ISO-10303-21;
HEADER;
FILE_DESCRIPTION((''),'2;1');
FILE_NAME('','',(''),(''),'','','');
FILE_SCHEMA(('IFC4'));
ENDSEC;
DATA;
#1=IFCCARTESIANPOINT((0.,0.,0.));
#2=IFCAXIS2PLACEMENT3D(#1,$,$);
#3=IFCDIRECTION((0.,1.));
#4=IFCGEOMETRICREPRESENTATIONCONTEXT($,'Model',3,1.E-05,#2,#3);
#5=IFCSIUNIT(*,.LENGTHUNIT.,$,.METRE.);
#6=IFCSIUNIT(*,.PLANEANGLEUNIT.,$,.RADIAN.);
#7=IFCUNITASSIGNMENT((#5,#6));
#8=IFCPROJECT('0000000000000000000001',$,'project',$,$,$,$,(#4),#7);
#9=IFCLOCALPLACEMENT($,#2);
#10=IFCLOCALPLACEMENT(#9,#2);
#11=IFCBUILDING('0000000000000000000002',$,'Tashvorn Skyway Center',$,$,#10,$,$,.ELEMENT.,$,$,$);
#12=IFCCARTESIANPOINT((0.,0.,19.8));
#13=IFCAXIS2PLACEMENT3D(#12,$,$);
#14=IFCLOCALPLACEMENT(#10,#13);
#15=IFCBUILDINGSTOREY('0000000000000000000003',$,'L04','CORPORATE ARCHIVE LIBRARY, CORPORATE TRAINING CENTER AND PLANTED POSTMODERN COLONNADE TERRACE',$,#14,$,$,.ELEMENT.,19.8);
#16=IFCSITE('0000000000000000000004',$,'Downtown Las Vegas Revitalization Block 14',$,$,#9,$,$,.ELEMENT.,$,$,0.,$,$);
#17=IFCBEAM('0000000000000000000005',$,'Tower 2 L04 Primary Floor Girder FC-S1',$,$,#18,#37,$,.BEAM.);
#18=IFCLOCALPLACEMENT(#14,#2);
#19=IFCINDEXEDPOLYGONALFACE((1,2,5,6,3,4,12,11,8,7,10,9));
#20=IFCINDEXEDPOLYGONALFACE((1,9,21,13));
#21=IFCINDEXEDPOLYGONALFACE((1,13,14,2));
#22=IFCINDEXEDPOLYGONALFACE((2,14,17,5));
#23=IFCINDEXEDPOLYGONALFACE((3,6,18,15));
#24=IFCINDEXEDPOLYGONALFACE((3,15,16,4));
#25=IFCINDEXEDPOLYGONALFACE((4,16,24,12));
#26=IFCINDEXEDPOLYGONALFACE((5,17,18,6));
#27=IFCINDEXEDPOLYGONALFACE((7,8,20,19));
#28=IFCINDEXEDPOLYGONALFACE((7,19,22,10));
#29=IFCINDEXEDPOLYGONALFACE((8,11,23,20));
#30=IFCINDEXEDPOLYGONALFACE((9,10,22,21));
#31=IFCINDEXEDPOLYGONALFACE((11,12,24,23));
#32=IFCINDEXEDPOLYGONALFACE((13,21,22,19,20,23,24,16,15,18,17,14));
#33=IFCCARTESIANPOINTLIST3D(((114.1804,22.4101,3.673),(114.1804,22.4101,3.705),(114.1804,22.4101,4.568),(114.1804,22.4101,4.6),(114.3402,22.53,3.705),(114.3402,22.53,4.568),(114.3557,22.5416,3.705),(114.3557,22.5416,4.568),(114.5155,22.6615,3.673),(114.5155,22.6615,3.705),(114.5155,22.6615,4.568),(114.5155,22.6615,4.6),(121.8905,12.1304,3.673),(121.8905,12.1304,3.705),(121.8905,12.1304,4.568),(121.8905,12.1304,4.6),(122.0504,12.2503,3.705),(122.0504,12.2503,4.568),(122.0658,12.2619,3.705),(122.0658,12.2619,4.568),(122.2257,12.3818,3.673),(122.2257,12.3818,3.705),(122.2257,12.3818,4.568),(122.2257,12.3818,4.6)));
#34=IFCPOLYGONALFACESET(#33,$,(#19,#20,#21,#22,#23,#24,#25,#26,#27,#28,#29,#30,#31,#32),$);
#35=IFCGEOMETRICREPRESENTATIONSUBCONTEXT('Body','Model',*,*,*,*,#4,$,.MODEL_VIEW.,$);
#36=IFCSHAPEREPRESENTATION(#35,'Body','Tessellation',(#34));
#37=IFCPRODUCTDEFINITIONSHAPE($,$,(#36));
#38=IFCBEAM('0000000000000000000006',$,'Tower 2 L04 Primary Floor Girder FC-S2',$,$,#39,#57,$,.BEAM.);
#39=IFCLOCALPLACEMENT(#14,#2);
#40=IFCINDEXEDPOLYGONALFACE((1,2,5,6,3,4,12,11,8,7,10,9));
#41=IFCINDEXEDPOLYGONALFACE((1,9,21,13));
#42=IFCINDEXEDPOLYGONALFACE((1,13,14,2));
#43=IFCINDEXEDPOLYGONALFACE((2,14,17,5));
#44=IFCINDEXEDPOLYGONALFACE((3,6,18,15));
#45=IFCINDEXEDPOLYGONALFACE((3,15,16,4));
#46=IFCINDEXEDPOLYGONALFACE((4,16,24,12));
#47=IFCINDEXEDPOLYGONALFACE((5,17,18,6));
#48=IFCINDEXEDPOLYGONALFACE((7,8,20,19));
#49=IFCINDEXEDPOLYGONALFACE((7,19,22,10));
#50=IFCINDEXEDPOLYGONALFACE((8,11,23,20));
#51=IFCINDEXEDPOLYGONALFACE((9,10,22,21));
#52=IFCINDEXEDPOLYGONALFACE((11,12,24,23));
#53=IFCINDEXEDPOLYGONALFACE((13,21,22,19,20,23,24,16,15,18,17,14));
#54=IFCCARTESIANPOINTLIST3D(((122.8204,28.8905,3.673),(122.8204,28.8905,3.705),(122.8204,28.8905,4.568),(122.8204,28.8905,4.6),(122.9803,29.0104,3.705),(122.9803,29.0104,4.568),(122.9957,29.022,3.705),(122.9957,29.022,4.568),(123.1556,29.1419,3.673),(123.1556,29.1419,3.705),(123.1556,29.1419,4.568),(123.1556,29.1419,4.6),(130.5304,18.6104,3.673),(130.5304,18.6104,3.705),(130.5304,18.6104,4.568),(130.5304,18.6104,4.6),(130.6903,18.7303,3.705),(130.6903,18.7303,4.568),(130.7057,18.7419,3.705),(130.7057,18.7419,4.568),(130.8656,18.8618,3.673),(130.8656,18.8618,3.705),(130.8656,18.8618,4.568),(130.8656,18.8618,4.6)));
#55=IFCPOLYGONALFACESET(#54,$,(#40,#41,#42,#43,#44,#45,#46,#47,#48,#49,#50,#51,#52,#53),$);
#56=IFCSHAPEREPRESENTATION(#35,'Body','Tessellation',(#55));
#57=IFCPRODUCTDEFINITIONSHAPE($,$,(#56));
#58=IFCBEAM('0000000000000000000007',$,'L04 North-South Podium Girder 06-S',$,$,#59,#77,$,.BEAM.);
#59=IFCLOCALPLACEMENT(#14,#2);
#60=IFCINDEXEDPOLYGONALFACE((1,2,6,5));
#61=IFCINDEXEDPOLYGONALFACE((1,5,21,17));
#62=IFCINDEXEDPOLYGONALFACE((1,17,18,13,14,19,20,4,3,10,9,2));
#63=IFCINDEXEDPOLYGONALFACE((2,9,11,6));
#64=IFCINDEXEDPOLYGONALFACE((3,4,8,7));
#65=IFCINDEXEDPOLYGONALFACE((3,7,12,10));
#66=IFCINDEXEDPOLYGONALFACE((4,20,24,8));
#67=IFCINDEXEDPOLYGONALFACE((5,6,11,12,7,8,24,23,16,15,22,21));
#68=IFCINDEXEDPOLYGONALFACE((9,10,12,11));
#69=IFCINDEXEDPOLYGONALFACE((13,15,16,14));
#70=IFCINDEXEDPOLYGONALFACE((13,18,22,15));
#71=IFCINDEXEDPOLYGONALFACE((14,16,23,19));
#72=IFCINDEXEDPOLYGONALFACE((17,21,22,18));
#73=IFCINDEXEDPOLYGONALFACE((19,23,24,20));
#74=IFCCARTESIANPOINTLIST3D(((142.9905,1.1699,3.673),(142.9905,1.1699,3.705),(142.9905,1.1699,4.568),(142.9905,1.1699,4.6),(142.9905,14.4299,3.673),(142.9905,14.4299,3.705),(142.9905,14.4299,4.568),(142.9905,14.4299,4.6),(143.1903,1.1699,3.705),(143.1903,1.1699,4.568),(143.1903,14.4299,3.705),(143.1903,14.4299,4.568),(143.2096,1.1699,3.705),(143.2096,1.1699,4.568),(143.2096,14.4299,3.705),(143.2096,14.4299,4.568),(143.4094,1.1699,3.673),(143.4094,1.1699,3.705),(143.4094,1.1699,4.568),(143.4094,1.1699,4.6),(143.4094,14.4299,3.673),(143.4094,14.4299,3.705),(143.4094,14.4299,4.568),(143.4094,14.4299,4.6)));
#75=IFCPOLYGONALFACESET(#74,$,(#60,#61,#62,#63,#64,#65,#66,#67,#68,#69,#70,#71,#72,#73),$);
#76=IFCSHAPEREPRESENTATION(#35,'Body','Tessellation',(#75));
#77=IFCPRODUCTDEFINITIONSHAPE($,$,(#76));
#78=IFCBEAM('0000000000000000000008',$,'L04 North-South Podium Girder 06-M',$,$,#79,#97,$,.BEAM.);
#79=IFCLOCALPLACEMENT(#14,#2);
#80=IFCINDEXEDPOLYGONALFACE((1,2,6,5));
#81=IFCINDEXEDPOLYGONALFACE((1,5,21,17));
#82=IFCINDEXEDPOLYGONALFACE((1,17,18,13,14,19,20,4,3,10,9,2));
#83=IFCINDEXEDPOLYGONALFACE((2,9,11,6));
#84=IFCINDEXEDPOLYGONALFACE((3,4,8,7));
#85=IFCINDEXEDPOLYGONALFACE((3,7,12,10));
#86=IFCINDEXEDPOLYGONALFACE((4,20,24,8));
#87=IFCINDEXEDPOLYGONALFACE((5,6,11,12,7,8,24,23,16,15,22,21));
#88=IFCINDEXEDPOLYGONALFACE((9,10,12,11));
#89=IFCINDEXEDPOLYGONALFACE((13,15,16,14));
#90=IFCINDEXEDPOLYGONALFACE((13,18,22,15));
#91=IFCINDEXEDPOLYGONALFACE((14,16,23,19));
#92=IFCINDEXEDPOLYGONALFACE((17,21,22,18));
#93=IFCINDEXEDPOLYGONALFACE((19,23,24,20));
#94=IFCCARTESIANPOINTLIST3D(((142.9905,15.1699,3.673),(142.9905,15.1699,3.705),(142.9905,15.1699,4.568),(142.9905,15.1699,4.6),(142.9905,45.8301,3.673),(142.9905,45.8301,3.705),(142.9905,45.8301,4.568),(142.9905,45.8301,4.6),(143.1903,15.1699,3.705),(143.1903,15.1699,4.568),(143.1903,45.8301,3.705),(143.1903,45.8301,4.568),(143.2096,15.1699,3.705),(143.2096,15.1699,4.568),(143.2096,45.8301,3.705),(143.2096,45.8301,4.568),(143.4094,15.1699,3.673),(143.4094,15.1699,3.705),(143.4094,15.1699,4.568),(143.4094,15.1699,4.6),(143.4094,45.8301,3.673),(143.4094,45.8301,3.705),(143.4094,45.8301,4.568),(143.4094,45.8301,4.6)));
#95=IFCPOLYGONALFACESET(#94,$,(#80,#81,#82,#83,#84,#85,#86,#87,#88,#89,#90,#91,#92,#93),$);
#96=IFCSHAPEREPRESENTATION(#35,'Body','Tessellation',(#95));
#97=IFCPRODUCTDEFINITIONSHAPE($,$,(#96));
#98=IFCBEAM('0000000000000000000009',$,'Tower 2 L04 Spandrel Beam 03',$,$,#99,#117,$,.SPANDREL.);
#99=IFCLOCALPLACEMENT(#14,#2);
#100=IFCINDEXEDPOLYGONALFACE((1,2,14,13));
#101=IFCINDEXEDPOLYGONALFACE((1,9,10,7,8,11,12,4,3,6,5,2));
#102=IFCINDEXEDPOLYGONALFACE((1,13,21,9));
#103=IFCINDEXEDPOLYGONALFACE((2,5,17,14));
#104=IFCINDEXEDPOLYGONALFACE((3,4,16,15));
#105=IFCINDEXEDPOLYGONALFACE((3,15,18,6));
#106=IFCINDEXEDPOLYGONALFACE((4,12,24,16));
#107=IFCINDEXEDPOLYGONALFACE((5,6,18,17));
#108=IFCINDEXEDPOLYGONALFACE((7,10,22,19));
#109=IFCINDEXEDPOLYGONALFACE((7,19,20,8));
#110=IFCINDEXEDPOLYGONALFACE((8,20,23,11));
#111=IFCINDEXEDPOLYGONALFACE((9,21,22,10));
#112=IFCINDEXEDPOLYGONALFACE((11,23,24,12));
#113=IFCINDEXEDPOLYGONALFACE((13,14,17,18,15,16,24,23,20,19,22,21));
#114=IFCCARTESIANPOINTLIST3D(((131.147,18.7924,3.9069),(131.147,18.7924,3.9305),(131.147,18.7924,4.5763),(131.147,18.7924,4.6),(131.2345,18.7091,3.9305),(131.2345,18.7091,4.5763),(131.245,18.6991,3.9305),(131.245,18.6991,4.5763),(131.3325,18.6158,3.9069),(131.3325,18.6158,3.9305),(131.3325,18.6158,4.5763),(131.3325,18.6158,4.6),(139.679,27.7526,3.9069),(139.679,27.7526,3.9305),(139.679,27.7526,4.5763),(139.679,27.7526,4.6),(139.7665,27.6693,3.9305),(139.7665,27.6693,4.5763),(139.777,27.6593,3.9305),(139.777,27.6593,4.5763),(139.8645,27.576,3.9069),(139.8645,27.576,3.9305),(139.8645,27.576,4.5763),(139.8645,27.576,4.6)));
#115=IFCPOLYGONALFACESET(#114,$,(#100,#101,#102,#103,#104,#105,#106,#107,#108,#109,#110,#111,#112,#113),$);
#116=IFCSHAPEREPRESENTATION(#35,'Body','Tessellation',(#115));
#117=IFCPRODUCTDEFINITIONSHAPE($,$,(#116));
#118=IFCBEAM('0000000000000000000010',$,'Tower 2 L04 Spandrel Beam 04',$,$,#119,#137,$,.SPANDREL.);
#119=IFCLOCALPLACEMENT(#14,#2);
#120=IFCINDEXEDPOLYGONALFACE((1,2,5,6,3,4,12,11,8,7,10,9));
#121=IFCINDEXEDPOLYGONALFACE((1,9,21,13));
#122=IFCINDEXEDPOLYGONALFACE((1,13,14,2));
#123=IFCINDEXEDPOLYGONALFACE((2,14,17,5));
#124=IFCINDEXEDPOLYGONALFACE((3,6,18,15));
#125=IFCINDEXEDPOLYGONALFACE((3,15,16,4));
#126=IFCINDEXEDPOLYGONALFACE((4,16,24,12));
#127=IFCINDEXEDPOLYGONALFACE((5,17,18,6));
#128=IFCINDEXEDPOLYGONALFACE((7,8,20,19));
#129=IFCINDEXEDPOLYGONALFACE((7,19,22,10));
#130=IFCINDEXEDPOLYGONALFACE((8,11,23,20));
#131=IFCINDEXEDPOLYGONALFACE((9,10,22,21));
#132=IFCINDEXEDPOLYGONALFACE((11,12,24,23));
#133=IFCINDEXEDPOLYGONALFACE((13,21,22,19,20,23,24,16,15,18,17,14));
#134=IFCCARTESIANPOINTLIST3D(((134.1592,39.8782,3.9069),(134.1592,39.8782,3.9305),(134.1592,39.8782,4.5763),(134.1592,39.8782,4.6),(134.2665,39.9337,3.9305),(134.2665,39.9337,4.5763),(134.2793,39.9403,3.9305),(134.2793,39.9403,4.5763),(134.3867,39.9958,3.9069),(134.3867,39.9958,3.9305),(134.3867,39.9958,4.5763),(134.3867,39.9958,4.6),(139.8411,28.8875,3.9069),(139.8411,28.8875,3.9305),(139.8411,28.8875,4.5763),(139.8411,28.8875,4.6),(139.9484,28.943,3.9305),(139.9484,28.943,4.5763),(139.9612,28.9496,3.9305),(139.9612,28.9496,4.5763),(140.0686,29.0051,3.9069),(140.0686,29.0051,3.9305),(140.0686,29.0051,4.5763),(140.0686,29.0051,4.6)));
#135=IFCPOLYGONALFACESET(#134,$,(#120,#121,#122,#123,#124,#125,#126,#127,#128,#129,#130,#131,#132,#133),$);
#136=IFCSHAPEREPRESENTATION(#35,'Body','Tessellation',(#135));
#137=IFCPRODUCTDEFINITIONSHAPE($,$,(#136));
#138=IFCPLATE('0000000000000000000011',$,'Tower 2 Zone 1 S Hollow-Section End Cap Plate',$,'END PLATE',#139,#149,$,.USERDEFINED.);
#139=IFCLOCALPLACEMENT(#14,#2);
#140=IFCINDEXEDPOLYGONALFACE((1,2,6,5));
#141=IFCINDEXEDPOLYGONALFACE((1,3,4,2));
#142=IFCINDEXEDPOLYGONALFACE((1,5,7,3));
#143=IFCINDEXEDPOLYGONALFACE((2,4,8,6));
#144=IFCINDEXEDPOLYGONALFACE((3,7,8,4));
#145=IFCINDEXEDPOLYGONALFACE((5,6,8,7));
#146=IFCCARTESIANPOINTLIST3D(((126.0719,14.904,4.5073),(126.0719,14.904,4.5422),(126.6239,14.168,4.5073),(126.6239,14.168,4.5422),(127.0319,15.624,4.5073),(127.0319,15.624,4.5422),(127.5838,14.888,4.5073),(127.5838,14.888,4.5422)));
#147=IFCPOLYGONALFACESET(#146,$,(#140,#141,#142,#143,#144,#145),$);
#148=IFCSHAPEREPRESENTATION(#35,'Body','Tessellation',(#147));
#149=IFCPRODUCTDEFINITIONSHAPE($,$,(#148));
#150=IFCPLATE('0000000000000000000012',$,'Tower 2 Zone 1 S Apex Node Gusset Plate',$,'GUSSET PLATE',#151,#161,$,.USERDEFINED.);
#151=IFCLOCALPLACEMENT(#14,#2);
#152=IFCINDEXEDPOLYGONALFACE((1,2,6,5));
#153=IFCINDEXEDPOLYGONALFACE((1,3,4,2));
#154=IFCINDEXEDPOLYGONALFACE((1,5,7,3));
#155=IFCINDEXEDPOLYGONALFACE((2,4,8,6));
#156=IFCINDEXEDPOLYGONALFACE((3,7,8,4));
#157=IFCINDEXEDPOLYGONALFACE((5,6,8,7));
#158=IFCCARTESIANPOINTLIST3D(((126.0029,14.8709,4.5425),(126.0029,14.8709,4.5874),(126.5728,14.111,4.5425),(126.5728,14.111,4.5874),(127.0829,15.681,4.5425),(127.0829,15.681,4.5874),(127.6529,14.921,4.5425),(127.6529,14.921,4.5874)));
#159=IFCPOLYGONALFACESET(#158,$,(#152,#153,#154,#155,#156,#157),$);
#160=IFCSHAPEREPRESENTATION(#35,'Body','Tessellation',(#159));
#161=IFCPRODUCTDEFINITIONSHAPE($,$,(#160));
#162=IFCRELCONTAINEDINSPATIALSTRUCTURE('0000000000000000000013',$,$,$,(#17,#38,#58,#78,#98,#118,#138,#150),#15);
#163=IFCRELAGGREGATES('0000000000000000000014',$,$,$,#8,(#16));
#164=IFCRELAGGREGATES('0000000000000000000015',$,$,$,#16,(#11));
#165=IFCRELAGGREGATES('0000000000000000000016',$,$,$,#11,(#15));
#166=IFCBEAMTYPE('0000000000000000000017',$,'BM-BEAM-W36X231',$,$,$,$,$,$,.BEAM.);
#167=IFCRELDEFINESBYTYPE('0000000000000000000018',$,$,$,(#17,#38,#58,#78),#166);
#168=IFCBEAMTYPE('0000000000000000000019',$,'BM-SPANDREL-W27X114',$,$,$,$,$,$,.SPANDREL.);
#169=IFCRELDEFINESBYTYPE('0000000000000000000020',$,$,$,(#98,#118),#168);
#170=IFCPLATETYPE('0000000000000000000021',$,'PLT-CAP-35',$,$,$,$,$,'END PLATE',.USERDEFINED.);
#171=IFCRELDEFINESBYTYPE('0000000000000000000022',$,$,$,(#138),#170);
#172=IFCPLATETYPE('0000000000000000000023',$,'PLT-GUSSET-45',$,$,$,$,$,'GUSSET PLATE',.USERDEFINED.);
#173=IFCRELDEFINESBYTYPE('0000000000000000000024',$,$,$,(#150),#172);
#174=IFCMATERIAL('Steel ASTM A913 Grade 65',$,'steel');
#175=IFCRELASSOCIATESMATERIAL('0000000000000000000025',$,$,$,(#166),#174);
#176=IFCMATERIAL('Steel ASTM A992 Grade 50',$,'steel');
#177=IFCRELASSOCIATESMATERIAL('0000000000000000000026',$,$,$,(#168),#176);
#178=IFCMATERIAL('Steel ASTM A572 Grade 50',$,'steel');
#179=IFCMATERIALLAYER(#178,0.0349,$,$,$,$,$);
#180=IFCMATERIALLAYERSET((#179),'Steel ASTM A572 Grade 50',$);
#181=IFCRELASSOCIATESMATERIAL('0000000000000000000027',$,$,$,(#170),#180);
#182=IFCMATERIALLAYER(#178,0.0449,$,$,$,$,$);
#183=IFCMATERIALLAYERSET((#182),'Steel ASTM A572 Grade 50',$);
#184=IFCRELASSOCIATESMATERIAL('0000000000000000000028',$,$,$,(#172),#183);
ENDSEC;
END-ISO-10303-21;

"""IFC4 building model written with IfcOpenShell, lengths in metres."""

from ifc_helpers import new_model, si_unit, direction, frame, origin, origin_2d, place, context, subcontext, project, spatial, rectangle, i_section, extrude, material, layer, layer_set, material_profile, profile_set, type_object, element, save


model = new_model("IFC4")

# Units and contexts
model_context = context("Model", 3, precision=1e-05, world=origin(), true_north=direction((0.0, 1.0)))
body_context = subcontext(model_context, "Body", "Model", "MODEL_VIEW")
ifc_project = project(units=[si_unit("LENGTHUNIT", "METRE"), si_unit("PLANEANGLEUNIT", "RADIAN")], contexts=[model_context])

# Site, building, storey
site_placement = place(None, origin())
site = spatial("IfcSite", under=ifc_project, at=site_placement, Name="Downtown Las Vegas Revitalization Block 14", CompositionType="ELEMENT", RefElevation=0.0)
building_placement = place(site_placement, origin())
building = spatial("IfcBuilding", under=site, at=building_placement, Name="Tashvorn Skyway Center", CompositionType="ELEMENT")
storey_placement = place(building_placement, frame((0.0, 0.0, 19.8)))
storey = spatial("IfcBuildingStorey", under=building, at=storey_placement, Name="L04", Description="CORPORATE ARCHIVE LIBRARY, CORPORATE TRAINING CENTER AND PLANTED POSTMODERN COLONNADE TERRACE", CompositionType="ELEMENT", Elevation=19.8)

# Shared definitions
ifc_material_1 = material(Name="Steel ASTM A572 Grade 50", Category="steel")

# Beams
ifc_material_2 = material(Name="Steel ASTM A992 Grade 50", Category="steel")
ifc_material_3 = material(Name="Steel ASTM A913 Grade 65", Category="steel")
ifc_material_profile_1 = material_profile(ifc_material_3, i_section(OverallWidth=0.4189, OverallDepth=0.927, WebThickness=0.0193, FlangeThickness=0.032, at=origin_2d()), Name="W36X231")
ifc_profile_set_1 = profile_set([ifc_material_profile_1], Name="Steel ASTM A913 Grade 65")
beam_type_1 = type_object("IfcBeamType", Name="BM-BEAM-W36X231", PredefinedType="BEAM", material=ifc_profile_set_1)
beam_1_placement = place(storey_placement, frame((122.0581, 12.2561, 4.1365), z_axis=(-0.600018, 0.799986, 0.0), x_axis=(-0.799986, -0.600018, 0.0)))
element("IfcBeam", 1, at=beam_1_placement, inside=storey, type_object=beam_type_1, Name="Tower 2 L04 Primary Floor Girder FC-S1", PredefinedType="BEAM", context=body_context, shape_type="SweptSolid", body=[
    extrude(i_section(OverallWidth=0.4189, OverallDepth=0.927, WebThickness=0.0193, FlangeThickness=0.032, at=origin_2d()), origin(), (0.0, 0.0, 1.0), 12.8499),
])
beam_2_placement = place(storey_placement, frame((130.698, 18.7361, 4.1365), z_axis=(-0.599997, 0.800002, 0.0), x_axis=(-0.800002, -0.599997, 0.0)))
element("IfcBeam", 2, at=beam_2_placement, inside=storey, type_object=beam_type_1, Name="Tower 2 L04 Primary Floor Girder FC-S2", PredefinedType="BEAM", context=body_context, shape_type="SweptSolid", body=[
    extrude(i_section(OverallWidth=0.4189, OverallDepth=0.927, WebThickness=0.0193, FlangeThickness=0.032, at=origin_2d()), origin(), (0.0, 0.0, 1.0), 12.8501),
])
beam_3_placement = place(storey_placement, frame((143.2, 1.1699, 4.1365), z_axis=(0.0, 1.0, 0.0), x_axis=(-1.0, 0.0, 0.0)))
element("IfcBeam", 3, at=beam_3_placement, inside=storey, type_object=beam_type_1, Name="L04 North-South Podium Girder 06-S", PredefinedType="BEAM", context=body_context, shape_type="SweptSolid", body=[
    extrude(i_section(OverallWidth=0.4189, OverallDepth=0.927, WebThickness=0.0193, FlangeThickness=0.032, at=origin_2d()), origin(), (0.0, 0.0, 1.0), 13.26),
])
beam_4_placement = place(storey_placement, frame((143.2, 15.1699, 4.1365), z_axis=(0.0, 1.0, 0.0), x_axis=(-1.0, 0.0, 0.0)))
element("IfcBeam", 4, at=beam_4_placement, inside=storey, type_object=beam_type_1, Name="L04 North-South Podium Girder 06-M", PredefinedType="BEAM", context=body_context, shape_type="SweptSolid", body=[
    extrude(i_section(OverallWidth=0.4189, OverallDepth=0.927, WebThickness=0.0193, FlangeThickness=0.032, at=origin_2d()), origin(), (0.0, 0.0, 1.0), 30.6602),
])
ifc_material_profile_2 = material_profile(ifc_material_2, i_section(OverallWidth=0.2561, OverallDepth=0.6931, WebThickness=0.0144, FlangeThickness=0.0237, at=origin_2d()), Name="W27X114")
ifc_profile_set_2 = profile_set([ifc_material_profile_2], Name="Steel ASTM A992 Grade 50")
beam_type_2 = type_object("IfcBeamType", Name="BM-SPANDREL-W27X114", PredefinedType="SPANDREL", material=ifc_profile_set_2)
for number, where, z_axis, x_axis, name in (
    (5, (131.2397, 18.7041, 4.2534), (0.68959, 0.7242, 0.0), (-0.7242, 0.68959, 0.0), "Tower 2 L04 Spandrel Beam 03"),
    (6, (139.9548, 28.9463, 4.2534), (-0.459233, 0.888316, 0.0), (-0.888316, -0.459233, 0.0), "Tower 2 L04 Spandrel Beam 04"),
):
    element("IfcBeam", number, at=place(storey_placement, frame(where, z_axis=z_axis, x_axis=x_axis)), inside=storey, type_object=beam_type_2, Name=name, PredefinedType="SPANDREL", context=body_context, shape_type="SweptSolid", body=[
        extrude(i_section(OverallWidth=0.2561, OverallDepth=0.6931, WebThickness=0.0144, FlangeThickness=0.0237, at=origin_2d()), origin(), (0.0, 0.0, 1.0), 12.3726),
    ])

# Plates
ifc_layer_1 = layer(ifc_material_1, 0.0349)
ifc_layer_set_1 = layer_set([ifc_layer_1], Name="Steel ASTM A572 Grade 50")
plate_type_1 = type_object("IfcPlateType", Name="PLT-CAP-35", ElementType="END PLATE", PredefinedType="USERDEFINED", material=ifc_layer_set_1)
plate_1_placement = place(storey_placement, frame((126.8279, 14.896, 4.5073), z_axis=(0.0, 0.0, 1.0), x_axis=(0.8, 0.6, 0.0)))
element("IfcPlate", 7, at=plate_1_placement, inside=storey, type_object=plate_type_1, Name="Tower 2 Zone 1 S Hollow-Section End Cap Plate", ObjectType="END PLATE", PredefinedType="USERDEFINED", context=body_context, shape_type="SweptSolid", body=[
    extrude(rectangle(XDim=1.2, YDim=0.9199, at=origin_2d()), origin(), (0.0, 0.0, 1.0), 0.0349),
])
ifc_layer_2 = layer(ifc_material_1, 0.0449)
ifc_layer_set_2 = layer_set([ifc_layer_2], Name="Steel ASTM A572 Grade 50")
plate_type_2 = type_object("IfcPlateType", Name="PLT-GUSSET-45", ElementType="GUSSET PLATE", PredefinedType="USERDEFINED", material=ifc_layer_set_2)
plate_2_placement = place(storey_placement, frame((126.8279, 14.896, 4.5425), z_axis=(0.0, 0.0, 1.0), x_axis=(0.8, 0.6, 0.0)))
element("IfcPlate", 8, at=plate_2_placement, inside=storey, type_object=plate_type_2, Name="Tower 2 Zone 1 S Apex Node Gusset Plate", ObjectType="GUSSET PLATE", PredefinedType="USERDEFINED", context=body_context, shape_type="SweptSolid", body=[
    extrude(rectangle(XDim=1.3501, YDim=0.95, at=origin_2d()), origin(), (0.0, 0.0, 1.0), 0.0449),
])

save(model, "model.ifc")
